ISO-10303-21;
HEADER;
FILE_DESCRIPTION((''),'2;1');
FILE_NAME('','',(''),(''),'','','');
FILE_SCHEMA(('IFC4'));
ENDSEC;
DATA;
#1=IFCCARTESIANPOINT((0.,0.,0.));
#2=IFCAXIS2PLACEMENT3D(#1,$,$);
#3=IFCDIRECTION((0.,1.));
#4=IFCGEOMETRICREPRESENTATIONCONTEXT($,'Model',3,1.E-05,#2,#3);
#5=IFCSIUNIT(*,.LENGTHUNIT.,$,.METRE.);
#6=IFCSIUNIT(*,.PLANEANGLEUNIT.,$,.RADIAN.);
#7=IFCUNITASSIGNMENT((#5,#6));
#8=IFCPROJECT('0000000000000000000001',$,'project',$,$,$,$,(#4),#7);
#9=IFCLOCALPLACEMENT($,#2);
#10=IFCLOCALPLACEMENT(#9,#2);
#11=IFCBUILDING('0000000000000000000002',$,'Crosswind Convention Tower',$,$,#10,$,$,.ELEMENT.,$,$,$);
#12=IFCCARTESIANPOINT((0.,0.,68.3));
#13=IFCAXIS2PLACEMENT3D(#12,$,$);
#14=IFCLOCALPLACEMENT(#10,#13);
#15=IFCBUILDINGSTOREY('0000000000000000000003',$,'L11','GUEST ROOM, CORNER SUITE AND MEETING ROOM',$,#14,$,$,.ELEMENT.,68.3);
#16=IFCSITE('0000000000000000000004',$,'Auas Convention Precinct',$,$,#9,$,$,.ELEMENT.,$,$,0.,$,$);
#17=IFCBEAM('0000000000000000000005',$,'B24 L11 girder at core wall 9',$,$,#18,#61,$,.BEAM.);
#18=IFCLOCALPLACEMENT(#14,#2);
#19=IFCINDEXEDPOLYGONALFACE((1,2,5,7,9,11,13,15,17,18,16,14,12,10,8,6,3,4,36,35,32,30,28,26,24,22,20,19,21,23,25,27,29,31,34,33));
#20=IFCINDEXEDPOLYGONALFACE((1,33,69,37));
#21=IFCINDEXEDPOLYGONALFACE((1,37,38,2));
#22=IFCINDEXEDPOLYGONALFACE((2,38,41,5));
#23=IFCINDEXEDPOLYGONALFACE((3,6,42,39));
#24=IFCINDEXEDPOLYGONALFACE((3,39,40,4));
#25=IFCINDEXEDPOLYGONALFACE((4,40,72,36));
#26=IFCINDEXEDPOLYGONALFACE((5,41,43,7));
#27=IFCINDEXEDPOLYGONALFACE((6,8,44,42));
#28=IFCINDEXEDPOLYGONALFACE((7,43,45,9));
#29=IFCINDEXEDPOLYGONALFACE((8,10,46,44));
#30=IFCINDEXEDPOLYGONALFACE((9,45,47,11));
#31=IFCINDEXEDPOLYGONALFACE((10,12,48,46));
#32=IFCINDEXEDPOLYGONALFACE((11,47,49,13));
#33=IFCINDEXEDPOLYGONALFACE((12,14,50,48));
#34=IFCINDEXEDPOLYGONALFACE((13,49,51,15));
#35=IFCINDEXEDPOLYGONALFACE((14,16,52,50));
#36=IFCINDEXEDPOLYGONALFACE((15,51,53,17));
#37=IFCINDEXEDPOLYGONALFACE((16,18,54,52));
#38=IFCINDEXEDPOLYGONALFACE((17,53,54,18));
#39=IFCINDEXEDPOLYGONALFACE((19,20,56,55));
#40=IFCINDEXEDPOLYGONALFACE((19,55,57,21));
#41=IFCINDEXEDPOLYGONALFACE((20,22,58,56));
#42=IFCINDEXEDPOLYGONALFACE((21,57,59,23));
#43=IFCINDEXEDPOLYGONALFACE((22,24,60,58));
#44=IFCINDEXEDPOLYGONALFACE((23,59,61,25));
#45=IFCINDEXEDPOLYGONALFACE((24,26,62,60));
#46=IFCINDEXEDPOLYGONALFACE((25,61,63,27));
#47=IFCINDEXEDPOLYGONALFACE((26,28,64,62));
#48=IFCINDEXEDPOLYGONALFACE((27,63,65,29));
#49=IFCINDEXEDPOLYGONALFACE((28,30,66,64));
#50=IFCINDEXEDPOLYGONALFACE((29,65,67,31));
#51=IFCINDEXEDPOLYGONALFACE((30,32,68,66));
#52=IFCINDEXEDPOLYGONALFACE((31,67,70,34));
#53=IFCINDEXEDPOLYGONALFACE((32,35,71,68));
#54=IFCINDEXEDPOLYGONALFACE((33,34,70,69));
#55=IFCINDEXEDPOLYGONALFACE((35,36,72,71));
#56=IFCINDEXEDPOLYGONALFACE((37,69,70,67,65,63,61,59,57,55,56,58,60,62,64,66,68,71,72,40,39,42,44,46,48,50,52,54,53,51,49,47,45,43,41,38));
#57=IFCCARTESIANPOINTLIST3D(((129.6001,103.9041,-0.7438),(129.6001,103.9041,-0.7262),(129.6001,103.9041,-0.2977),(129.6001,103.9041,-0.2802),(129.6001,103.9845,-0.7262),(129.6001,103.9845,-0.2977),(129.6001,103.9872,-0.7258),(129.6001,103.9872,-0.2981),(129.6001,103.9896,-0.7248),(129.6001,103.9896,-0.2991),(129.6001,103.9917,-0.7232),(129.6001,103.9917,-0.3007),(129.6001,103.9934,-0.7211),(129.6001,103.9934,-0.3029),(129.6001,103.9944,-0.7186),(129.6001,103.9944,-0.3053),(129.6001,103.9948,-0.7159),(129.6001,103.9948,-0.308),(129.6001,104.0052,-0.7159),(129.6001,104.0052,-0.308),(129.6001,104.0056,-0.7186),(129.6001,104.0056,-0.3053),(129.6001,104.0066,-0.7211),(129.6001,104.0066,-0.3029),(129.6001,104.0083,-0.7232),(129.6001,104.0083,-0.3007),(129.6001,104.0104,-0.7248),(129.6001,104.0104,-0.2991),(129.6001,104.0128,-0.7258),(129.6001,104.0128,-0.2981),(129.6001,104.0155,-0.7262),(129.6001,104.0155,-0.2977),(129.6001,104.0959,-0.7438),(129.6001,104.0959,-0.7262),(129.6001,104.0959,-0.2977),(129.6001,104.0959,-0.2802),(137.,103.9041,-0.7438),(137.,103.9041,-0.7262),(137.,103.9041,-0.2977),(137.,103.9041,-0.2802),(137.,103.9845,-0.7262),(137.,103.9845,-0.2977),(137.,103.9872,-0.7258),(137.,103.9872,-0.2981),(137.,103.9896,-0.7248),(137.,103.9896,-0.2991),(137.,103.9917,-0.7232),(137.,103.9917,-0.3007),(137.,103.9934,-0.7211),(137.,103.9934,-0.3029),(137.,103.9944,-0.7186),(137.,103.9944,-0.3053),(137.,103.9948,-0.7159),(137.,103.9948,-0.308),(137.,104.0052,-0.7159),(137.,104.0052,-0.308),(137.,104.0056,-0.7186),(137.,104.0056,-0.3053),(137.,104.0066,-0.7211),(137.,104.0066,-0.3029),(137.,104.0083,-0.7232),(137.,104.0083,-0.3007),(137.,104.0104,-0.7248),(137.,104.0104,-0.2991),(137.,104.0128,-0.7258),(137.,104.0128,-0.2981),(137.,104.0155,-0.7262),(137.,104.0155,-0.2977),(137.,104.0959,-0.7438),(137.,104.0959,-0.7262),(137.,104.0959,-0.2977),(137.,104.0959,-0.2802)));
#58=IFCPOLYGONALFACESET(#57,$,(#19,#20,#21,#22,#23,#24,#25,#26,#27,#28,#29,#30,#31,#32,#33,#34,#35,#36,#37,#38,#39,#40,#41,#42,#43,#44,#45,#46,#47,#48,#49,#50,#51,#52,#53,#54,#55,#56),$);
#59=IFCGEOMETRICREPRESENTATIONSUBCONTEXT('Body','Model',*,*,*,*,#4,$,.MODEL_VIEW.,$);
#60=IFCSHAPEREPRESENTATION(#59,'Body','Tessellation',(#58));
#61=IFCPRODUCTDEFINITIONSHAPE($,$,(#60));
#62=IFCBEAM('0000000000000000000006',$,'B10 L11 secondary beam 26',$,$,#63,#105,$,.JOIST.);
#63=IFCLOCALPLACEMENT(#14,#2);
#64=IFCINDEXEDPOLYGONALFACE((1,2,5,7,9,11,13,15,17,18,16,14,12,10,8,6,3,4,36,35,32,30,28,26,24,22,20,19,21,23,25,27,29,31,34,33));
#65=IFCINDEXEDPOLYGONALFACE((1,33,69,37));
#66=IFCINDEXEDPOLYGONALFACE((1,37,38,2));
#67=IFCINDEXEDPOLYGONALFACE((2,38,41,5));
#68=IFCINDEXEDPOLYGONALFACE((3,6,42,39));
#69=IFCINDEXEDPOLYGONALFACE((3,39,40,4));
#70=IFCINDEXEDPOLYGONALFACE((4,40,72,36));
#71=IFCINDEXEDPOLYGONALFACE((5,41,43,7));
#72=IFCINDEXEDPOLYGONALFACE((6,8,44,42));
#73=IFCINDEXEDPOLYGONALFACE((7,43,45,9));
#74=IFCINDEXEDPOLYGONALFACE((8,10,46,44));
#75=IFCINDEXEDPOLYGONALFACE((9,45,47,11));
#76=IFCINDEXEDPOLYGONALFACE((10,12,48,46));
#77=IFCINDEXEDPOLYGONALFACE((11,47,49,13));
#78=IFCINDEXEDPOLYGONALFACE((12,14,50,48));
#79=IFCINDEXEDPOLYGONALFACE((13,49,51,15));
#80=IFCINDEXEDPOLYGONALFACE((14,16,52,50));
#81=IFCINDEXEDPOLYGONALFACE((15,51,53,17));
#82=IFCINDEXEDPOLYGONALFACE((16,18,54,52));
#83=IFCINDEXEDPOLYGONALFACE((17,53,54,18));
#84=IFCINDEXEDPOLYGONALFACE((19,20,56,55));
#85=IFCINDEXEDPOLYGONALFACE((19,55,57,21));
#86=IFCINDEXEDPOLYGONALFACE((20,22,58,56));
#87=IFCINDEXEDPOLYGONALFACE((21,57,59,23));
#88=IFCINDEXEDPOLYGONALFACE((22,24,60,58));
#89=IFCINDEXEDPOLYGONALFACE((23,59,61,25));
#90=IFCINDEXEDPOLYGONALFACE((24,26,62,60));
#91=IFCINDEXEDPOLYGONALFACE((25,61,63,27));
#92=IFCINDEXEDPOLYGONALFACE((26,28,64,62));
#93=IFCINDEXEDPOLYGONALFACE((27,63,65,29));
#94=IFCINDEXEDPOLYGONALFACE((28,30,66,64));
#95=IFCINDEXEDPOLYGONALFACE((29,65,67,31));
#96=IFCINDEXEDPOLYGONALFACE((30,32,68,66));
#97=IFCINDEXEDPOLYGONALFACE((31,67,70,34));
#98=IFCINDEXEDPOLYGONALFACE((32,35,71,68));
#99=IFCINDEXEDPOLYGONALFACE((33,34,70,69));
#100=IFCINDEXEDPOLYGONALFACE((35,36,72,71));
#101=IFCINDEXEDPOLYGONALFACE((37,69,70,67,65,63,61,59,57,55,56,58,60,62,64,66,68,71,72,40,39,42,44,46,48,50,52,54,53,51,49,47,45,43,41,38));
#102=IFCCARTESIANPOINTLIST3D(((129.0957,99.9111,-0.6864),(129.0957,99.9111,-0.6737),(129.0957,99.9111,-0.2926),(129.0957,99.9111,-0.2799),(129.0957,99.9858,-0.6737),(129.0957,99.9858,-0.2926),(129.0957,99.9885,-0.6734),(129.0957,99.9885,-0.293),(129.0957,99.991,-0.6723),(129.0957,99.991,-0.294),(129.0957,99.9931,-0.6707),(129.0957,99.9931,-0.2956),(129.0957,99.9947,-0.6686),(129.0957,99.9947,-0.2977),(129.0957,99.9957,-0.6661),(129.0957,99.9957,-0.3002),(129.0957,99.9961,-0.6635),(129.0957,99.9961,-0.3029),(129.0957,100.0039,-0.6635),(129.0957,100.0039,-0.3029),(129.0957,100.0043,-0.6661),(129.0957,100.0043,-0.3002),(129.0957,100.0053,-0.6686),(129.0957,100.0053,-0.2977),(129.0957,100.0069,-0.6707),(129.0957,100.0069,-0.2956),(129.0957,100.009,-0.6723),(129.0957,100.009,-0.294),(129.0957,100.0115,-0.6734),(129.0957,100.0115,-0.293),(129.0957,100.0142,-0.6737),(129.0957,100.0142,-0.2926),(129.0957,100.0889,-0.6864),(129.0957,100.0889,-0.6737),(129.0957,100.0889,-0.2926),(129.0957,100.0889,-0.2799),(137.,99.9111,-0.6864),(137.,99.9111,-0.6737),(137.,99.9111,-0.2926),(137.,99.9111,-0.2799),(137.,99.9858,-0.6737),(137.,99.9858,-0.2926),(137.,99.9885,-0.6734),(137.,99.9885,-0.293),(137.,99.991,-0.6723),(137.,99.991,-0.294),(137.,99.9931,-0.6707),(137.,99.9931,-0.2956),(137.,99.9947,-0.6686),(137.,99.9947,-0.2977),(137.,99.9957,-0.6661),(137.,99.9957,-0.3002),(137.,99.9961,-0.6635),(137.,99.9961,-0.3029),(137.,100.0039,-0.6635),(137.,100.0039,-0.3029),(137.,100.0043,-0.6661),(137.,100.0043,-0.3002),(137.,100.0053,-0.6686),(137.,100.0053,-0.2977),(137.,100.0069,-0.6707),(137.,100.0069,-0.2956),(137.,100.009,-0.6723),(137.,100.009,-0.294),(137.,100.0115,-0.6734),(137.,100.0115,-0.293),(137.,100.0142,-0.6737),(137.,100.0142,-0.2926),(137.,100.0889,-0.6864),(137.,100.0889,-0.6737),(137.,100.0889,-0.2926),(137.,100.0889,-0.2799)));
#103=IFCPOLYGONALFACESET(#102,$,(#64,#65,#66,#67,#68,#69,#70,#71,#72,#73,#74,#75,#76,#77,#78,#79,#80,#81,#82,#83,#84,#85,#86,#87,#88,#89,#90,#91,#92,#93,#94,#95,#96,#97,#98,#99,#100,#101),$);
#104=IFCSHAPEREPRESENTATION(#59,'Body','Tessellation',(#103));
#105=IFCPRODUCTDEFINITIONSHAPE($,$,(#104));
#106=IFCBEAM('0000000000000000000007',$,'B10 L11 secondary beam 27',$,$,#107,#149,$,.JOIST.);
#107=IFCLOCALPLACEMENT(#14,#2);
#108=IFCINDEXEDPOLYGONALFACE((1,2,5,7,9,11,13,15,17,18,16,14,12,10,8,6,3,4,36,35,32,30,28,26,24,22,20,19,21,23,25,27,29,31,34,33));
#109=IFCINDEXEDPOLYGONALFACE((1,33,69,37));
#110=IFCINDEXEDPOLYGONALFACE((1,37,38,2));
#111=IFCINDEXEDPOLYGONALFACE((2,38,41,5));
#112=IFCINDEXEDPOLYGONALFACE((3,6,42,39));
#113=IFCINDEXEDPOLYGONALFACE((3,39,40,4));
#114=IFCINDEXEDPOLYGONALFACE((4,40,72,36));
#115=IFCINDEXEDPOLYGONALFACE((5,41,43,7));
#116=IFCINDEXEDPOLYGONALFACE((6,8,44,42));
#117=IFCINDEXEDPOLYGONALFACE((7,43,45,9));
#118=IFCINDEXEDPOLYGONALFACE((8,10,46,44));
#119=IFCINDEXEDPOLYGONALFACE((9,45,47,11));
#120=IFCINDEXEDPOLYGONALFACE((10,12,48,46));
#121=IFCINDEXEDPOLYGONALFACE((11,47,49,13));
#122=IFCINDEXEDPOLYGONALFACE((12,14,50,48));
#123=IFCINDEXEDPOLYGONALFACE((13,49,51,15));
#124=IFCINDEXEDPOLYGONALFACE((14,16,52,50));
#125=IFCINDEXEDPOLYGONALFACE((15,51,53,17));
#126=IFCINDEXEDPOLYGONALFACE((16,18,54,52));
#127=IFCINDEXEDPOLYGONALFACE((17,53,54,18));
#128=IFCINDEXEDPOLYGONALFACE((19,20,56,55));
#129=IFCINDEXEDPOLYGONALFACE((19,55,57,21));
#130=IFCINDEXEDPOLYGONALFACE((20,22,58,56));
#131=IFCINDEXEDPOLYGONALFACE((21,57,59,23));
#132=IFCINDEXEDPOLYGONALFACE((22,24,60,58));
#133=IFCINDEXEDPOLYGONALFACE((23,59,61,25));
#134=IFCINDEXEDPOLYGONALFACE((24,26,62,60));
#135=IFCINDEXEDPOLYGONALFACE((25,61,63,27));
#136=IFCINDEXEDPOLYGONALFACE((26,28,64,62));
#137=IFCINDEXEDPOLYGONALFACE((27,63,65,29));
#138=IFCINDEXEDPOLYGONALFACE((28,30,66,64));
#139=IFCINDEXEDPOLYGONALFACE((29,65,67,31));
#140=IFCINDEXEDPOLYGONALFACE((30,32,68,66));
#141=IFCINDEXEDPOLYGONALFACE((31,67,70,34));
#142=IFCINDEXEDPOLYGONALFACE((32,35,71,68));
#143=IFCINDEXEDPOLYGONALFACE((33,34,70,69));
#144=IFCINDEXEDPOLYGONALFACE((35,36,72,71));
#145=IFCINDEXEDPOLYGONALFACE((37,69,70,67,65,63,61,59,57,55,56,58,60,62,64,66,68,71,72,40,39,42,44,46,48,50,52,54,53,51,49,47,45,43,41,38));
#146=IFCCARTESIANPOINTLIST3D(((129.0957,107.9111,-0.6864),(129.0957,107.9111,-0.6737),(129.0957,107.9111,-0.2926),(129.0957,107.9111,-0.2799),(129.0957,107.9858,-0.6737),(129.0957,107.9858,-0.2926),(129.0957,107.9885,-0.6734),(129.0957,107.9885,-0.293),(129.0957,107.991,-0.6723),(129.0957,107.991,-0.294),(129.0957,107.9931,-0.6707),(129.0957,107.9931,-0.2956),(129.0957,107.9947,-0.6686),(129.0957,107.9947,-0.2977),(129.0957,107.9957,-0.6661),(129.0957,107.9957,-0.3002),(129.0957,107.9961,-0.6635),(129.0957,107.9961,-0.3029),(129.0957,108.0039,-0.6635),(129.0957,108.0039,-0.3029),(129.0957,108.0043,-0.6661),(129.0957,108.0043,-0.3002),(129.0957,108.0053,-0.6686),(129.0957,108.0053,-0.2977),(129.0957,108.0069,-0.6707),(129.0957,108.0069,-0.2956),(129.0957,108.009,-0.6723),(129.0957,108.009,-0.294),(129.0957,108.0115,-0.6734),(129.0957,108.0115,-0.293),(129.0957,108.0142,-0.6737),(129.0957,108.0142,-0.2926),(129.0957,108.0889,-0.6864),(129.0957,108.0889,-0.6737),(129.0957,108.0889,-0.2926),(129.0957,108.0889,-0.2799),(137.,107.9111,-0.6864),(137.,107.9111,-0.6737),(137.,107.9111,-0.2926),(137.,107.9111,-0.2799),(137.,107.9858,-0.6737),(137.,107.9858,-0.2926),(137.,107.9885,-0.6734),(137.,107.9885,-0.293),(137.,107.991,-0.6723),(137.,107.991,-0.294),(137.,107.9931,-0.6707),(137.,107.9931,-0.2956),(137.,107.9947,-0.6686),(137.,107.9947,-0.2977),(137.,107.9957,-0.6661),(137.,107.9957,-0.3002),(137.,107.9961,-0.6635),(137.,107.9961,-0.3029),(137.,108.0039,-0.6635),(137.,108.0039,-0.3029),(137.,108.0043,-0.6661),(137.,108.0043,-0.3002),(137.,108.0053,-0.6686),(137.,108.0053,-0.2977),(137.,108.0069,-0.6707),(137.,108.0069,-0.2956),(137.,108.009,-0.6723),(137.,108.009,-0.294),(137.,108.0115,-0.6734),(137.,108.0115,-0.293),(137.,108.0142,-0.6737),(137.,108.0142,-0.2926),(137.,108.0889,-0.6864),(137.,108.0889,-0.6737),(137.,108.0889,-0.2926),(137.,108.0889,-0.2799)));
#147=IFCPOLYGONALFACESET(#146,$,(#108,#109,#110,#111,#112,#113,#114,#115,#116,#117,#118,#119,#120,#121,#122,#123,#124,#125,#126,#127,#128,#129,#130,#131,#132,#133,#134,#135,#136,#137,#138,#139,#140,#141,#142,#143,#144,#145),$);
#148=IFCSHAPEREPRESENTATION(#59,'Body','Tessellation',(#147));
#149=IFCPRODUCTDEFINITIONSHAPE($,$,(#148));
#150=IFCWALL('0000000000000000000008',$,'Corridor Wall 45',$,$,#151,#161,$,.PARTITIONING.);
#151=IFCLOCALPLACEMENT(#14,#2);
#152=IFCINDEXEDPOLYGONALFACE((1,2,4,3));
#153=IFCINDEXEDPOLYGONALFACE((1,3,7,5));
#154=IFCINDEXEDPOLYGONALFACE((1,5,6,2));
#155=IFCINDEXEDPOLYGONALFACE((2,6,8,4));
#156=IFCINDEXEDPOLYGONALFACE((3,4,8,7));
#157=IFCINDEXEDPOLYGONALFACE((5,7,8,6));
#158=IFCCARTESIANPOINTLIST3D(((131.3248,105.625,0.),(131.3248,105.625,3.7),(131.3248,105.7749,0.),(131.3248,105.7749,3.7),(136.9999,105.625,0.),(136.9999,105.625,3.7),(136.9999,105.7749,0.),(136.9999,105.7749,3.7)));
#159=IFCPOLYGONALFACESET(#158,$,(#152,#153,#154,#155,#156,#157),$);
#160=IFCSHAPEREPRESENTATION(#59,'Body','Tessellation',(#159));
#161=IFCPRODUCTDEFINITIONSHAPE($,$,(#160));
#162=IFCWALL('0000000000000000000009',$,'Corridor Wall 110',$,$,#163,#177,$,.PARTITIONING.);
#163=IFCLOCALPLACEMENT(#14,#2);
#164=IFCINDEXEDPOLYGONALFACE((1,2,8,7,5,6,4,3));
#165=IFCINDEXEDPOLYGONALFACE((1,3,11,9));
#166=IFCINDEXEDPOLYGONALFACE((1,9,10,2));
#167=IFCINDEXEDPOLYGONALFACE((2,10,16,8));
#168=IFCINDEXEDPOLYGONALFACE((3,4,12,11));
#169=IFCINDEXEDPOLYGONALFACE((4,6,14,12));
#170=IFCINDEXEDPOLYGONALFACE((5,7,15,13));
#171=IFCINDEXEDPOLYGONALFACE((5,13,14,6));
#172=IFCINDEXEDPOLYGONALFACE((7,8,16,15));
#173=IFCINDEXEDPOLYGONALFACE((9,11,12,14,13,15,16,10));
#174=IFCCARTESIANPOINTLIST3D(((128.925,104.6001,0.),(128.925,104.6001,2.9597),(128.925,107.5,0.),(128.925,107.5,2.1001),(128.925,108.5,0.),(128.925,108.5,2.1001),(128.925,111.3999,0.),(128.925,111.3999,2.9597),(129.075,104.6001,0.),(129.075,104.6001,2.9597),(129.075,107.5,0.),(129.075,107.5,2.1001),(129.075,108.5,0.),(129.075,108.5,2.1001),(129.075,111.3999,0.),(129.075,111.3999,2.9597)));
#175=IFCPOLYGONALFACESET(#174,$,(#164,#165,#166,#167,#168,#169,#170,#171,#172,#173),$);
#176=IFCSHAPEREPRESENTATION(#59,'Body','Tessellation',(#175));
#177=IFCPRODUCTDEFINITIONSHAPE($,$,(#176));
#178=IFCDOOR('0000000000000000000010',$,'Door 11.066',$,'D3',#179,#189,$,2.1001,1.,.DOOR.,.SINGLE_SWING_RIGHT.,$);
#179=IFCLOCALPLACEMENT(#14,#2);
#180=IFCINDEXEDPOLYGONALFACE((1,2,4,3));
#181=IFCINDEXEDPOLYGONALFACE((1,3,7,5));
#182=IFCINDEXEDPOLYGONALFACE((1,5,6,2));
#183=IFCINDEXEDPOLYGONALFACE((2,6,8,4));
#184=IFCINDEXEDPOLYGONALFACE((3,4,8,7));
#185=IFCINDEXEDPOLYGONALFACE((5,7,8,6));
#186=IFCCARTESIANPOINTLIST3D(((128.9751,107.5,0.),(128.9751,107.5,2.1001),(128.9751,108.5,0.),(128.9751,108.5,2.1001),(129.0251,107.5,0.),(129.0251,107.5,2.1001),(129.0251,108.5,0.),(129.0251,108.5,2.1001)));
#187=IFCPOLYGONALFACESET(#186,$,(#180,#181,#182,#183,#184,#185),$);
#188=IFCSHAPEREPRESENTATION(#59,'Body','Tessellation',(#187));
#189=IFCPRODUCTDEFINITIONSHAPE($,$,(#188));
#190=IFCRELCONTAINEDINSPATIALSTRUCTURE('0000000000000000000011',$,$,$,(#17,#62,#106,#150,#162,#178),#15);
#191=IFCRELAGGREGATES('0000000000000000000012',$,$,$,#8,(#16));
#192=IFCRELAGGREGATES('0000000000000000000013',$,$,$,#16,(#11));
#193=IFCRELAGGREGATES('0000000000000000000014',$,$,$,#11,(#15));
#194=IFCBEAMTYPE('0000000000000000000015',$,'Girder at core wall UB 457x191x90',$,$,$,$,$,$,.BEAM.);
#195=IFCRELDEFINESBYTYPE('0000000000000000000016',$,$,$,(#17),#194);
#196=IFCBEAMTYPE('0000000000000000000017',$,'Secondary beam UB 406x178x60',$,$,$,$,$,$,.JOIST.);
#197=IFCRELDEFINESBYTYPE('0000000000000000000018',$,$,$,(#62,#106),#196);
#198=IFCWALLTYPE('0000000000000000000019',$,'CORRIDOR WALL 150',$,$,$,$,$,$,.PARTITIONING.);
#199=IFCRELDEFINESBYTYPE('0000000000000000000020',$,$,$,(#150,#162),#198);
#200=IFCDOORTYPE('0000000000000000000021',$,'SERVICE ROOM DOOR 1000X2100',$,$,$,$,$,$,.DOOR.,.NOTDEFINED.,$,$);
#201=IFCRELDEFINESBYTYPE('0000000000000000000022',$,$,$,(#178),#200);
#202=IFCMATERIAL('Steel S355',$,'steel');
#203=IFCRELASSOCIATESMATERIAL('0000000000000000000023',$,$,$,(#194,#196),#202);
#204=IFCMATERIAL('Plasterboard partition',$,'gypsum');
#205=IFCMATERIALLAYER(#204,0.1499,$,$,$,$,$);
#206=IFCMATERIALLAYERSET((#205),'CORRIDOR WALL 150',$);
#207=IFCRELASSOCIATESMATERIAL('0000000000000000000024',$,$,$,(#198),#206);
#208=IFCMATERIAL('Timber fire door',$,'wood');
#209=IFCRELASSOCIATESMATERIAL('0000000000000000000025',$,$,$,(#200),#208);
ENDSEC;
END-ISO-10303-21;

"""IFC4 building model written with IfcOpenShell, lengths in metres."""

from ifc_helpers import new_model, si_unit, direction, frame, frame_2d, origin, origin_2d, place, context, subcontext, project, spatial, rectangle, i_section, extrude, material, layer, layer_set, material_profile, profile_set, type_object, element, fill, save


model = new_model("IFC4")

# Units and contexts
model_context = context("Model", 3, precision=1e-05, world=origin(), true_north=direction((0.0, 1.0)))
body_context = subcontext(model_context, "Body", "Model", "MODEL_VIEW")
ifc_project = project(units=[si_unit("LENGTHUNIT", "METRE"), si_unit("PLANEANGLEUNIT", "RADIAN")], contexts=[model_context])

# Site, building, storey
site_placement = place(None, origin())
site = spatial("IfcSite", under=ifc_project, at=site_placement, Name="Auas Convention Precinct", CompositionType="ELEMENT", RefElevation=0.0)
building_placement = place(site_placement, origin())
building = spatial("IfcBuilding", under=site, at=building_placement, Name="Crosswind Convention Tower", CompositionType="ELEMENT")
storey_placement = place(building_placement, frame((0.0, 0.0, 68.3)))
storey = spatial("IfcBuildingStorey", under=building, at=storey_placement, Name="L11", Description="GUEST ROOM, CORNER SUITE AND MEETING ROOM", CompositionType="ELEMENT", Elevation=68.3)

# Beams
ifc_material_1 = material(Name="Steel S355", Category="steel")
ifc_material_profile_1 = material_profile(ifc_material_1, i_section(OverallWidth=0.1919, OverallDepth=0.4636, WebThickness=0.0105, FlangeThickness=0.0176, FilletRadius=0.0103, at=origin_2d()), Name="UB 457x191x90")
ifc_profile_set_1 = profile_set([ifc_material_profile_1], Name="Steel S355")
beam_type_1 = type_object("IfcBeamType", Name="Girder at core wall UB 457x191x90", PredefinedType="BEAM", material=ifc_profile_set_1)
beam_placement = place(storey_placement, frame((129.6001, 104.0, -0.512), z_axis=(1.0, 0.0, 0.0), x_axis=(0.0, 1.0, 0.0)))
element("IfcBeam", 1, at=beam_placement, inside=storey, type_object=beam_type_1, Name="B24 L11 girder at core wall 9", PredefinedType="BEAM", context=body_context, shape_type="SweptSolid", body=[
    extrude(i_section(OverallWidth=0.1919, OverallDepth=0.4636, WebThickness=0.0105, FlangeThickness=0.0176, FilletRadius=0.0103, at=origin_2d()), origin(), (0.0, 0.0, 1.0), 7.3999),
])
ifc_material_profile_2 = material_profile(ifc_material_1, i_section(OverallWidth=0.1777, OverallDepth=0.4065, WebThickness=0.0078, FlangeThickness=0.0127, FilletRadius=0.0103, at=origin_2d()), Name="UB 406x178x60")
ifc_profile_set_2 = profile_set([ifc_material_profile_2], Name="Steel S355")
beam_type_2 = type_object("IfcBeamType", Name="Secondary beam UB 406x178x60", PredefinedType="JOIST", material=ifc_profile_set_2)
for number, where, z_axis, x_axis, name in (
    (2, (129.0957, 100.0, -0.4832), (1.0, 0.0, 0.0), (0.0, 1.0, 0.0), "B10 L11 secondary beam 26"),
    (3, (129.0957, 108.0, -0.4832), (1.0, 0.0, 0.0), (0.0, 1.0, 0.0), "B10 L11 secondary beam 27"),
):
    element("IfcBeam", number, at=place(storey_placement, frame(where, z_axis=z_axis, x_axis=x_axis)), inside=storey, type_object=beam_type_2, Name=name, PredefinedType="JOIST", context=body_context, shape_type="SweptSolid", body=[
        extrude(i_section(OverallWidth=0.1777, OverallDepth=0.4065, WebThickness=0.0078, FlangeThickness=0.0127, FilletRadius=0.0103, at=origin_2d()), origin(), (0.0, 0.0, 1.0), 7.9043),
    ])

# Wall
ifc_material_2 = material(Name="Plasterboard partition", Category="gypsum")
ifc_layer_1 = layer(ifc_material_2, 0.1499)
ifc_layer_set_1 = layer_set([ifc_layer_1], Name="CORRIDOR WALL 150")
wall_type_1 = type_object("IfcWallType", Name="CORRIDOR WALL 150", PredefinedType="PARTITIONING", material=ifc_layer_set_1)
wall_1_placement = place(storey_placement, frame((131.325, 105.7, 0.0), z_axis=(0.0, 0.0, 1.0), x_axis=(1.0, 0.0, 0.0)))
element("IfcWall", 4, at=wall_1_placement, inside=storey, type_object=wall_type_1, Name="Corridor Wall 45", PredefinedType="PARTITIONING", context=body_context, shape_type="SweptSolid", body=[
    extrude(rectangle(XDim=5.675, YDim=0.1499, at=frame_2d((2.8374, 0.0))), origin(), (0.0, 0.0, 1.0), 3.7),
])

# Wall, opening, door
wall_2_placement = place(storey_placement, frame((129.0, 104.6001, 0.0), z_axis=(0.0, 0.0, 1.0), x_axis=(0.0, 1.0, 0.0)))
wall_2 = element("IfcWall", 5, at=wall_2_placement, inside=storey, type_object=wall_type_1, Name="Corridor Wall 110", PredefinedType="PARTITIONING", context=body_context, shape_type="SweptSolid", body=[
    extrude(rectangle(XDim=6.7998, YDim=0.1499, at=frame_2d((3.3999, 0.0))), origin(), (0.0, 0.0, 1.0), 2.9597),
])
opening_1_placement = place(wall_2_placement, frame((2.8999, 0.0, 0.0)))
opening_1 = element("IfcOpeningElement", 6, at=opening_1_placement, cuts=wall_2, PredefinedType="OPENING", context=body_context, shape_type="SweptSolid", body=[
    extrude(rectangle(XDim=1.0, YDim=2.1001, at=frame_2d((0.5, 1.05))), frame((0.0, 0.085, 0.0), z_axis=(0.0, -1.0, 0.0), x_axis=(1.0, 0.0, 0.0)), (0.0, 0.0, 1.0), 0.1699),
])
ifc_material_3 = material(Name="Timber fire door", Category="wood")
door_type_1 = type_object("IfcDoorType", Name="SERVICE ROOM DOOR 1000X2100", OperationType="NOTDEFINED", PredefinedType="DOOR", material=ifc_material_3)
door_1_placement = place(opening_1_placement, origin())
door_1 = element("IfcDoor", 7, at=door_1_placement, inside=storey, type_object=door_type_1, Name="Door 11.066", ObjectType="D3", OperationType="SINGLE_SWING_RIGHT", OverallHeight=2.1001, OverallWidth=1.0, PredefinedType="DOOR", context=body_context, shape_type="SweptSolid", body=[
    extrude(rectangle(XDim=1.0, YDim=2.1001, at=frame_2d((0.5, 1.05))), frame((0.0, 0.0249, 0.0), z_axis=(0.0, -1.0, 0.0), x_axis=(1.0, 0.0, 0.0)), (0.0, 0.0, 1.0), 0.05),
])
fill(opening_1, door_1)

save(model, "model.ifc")
